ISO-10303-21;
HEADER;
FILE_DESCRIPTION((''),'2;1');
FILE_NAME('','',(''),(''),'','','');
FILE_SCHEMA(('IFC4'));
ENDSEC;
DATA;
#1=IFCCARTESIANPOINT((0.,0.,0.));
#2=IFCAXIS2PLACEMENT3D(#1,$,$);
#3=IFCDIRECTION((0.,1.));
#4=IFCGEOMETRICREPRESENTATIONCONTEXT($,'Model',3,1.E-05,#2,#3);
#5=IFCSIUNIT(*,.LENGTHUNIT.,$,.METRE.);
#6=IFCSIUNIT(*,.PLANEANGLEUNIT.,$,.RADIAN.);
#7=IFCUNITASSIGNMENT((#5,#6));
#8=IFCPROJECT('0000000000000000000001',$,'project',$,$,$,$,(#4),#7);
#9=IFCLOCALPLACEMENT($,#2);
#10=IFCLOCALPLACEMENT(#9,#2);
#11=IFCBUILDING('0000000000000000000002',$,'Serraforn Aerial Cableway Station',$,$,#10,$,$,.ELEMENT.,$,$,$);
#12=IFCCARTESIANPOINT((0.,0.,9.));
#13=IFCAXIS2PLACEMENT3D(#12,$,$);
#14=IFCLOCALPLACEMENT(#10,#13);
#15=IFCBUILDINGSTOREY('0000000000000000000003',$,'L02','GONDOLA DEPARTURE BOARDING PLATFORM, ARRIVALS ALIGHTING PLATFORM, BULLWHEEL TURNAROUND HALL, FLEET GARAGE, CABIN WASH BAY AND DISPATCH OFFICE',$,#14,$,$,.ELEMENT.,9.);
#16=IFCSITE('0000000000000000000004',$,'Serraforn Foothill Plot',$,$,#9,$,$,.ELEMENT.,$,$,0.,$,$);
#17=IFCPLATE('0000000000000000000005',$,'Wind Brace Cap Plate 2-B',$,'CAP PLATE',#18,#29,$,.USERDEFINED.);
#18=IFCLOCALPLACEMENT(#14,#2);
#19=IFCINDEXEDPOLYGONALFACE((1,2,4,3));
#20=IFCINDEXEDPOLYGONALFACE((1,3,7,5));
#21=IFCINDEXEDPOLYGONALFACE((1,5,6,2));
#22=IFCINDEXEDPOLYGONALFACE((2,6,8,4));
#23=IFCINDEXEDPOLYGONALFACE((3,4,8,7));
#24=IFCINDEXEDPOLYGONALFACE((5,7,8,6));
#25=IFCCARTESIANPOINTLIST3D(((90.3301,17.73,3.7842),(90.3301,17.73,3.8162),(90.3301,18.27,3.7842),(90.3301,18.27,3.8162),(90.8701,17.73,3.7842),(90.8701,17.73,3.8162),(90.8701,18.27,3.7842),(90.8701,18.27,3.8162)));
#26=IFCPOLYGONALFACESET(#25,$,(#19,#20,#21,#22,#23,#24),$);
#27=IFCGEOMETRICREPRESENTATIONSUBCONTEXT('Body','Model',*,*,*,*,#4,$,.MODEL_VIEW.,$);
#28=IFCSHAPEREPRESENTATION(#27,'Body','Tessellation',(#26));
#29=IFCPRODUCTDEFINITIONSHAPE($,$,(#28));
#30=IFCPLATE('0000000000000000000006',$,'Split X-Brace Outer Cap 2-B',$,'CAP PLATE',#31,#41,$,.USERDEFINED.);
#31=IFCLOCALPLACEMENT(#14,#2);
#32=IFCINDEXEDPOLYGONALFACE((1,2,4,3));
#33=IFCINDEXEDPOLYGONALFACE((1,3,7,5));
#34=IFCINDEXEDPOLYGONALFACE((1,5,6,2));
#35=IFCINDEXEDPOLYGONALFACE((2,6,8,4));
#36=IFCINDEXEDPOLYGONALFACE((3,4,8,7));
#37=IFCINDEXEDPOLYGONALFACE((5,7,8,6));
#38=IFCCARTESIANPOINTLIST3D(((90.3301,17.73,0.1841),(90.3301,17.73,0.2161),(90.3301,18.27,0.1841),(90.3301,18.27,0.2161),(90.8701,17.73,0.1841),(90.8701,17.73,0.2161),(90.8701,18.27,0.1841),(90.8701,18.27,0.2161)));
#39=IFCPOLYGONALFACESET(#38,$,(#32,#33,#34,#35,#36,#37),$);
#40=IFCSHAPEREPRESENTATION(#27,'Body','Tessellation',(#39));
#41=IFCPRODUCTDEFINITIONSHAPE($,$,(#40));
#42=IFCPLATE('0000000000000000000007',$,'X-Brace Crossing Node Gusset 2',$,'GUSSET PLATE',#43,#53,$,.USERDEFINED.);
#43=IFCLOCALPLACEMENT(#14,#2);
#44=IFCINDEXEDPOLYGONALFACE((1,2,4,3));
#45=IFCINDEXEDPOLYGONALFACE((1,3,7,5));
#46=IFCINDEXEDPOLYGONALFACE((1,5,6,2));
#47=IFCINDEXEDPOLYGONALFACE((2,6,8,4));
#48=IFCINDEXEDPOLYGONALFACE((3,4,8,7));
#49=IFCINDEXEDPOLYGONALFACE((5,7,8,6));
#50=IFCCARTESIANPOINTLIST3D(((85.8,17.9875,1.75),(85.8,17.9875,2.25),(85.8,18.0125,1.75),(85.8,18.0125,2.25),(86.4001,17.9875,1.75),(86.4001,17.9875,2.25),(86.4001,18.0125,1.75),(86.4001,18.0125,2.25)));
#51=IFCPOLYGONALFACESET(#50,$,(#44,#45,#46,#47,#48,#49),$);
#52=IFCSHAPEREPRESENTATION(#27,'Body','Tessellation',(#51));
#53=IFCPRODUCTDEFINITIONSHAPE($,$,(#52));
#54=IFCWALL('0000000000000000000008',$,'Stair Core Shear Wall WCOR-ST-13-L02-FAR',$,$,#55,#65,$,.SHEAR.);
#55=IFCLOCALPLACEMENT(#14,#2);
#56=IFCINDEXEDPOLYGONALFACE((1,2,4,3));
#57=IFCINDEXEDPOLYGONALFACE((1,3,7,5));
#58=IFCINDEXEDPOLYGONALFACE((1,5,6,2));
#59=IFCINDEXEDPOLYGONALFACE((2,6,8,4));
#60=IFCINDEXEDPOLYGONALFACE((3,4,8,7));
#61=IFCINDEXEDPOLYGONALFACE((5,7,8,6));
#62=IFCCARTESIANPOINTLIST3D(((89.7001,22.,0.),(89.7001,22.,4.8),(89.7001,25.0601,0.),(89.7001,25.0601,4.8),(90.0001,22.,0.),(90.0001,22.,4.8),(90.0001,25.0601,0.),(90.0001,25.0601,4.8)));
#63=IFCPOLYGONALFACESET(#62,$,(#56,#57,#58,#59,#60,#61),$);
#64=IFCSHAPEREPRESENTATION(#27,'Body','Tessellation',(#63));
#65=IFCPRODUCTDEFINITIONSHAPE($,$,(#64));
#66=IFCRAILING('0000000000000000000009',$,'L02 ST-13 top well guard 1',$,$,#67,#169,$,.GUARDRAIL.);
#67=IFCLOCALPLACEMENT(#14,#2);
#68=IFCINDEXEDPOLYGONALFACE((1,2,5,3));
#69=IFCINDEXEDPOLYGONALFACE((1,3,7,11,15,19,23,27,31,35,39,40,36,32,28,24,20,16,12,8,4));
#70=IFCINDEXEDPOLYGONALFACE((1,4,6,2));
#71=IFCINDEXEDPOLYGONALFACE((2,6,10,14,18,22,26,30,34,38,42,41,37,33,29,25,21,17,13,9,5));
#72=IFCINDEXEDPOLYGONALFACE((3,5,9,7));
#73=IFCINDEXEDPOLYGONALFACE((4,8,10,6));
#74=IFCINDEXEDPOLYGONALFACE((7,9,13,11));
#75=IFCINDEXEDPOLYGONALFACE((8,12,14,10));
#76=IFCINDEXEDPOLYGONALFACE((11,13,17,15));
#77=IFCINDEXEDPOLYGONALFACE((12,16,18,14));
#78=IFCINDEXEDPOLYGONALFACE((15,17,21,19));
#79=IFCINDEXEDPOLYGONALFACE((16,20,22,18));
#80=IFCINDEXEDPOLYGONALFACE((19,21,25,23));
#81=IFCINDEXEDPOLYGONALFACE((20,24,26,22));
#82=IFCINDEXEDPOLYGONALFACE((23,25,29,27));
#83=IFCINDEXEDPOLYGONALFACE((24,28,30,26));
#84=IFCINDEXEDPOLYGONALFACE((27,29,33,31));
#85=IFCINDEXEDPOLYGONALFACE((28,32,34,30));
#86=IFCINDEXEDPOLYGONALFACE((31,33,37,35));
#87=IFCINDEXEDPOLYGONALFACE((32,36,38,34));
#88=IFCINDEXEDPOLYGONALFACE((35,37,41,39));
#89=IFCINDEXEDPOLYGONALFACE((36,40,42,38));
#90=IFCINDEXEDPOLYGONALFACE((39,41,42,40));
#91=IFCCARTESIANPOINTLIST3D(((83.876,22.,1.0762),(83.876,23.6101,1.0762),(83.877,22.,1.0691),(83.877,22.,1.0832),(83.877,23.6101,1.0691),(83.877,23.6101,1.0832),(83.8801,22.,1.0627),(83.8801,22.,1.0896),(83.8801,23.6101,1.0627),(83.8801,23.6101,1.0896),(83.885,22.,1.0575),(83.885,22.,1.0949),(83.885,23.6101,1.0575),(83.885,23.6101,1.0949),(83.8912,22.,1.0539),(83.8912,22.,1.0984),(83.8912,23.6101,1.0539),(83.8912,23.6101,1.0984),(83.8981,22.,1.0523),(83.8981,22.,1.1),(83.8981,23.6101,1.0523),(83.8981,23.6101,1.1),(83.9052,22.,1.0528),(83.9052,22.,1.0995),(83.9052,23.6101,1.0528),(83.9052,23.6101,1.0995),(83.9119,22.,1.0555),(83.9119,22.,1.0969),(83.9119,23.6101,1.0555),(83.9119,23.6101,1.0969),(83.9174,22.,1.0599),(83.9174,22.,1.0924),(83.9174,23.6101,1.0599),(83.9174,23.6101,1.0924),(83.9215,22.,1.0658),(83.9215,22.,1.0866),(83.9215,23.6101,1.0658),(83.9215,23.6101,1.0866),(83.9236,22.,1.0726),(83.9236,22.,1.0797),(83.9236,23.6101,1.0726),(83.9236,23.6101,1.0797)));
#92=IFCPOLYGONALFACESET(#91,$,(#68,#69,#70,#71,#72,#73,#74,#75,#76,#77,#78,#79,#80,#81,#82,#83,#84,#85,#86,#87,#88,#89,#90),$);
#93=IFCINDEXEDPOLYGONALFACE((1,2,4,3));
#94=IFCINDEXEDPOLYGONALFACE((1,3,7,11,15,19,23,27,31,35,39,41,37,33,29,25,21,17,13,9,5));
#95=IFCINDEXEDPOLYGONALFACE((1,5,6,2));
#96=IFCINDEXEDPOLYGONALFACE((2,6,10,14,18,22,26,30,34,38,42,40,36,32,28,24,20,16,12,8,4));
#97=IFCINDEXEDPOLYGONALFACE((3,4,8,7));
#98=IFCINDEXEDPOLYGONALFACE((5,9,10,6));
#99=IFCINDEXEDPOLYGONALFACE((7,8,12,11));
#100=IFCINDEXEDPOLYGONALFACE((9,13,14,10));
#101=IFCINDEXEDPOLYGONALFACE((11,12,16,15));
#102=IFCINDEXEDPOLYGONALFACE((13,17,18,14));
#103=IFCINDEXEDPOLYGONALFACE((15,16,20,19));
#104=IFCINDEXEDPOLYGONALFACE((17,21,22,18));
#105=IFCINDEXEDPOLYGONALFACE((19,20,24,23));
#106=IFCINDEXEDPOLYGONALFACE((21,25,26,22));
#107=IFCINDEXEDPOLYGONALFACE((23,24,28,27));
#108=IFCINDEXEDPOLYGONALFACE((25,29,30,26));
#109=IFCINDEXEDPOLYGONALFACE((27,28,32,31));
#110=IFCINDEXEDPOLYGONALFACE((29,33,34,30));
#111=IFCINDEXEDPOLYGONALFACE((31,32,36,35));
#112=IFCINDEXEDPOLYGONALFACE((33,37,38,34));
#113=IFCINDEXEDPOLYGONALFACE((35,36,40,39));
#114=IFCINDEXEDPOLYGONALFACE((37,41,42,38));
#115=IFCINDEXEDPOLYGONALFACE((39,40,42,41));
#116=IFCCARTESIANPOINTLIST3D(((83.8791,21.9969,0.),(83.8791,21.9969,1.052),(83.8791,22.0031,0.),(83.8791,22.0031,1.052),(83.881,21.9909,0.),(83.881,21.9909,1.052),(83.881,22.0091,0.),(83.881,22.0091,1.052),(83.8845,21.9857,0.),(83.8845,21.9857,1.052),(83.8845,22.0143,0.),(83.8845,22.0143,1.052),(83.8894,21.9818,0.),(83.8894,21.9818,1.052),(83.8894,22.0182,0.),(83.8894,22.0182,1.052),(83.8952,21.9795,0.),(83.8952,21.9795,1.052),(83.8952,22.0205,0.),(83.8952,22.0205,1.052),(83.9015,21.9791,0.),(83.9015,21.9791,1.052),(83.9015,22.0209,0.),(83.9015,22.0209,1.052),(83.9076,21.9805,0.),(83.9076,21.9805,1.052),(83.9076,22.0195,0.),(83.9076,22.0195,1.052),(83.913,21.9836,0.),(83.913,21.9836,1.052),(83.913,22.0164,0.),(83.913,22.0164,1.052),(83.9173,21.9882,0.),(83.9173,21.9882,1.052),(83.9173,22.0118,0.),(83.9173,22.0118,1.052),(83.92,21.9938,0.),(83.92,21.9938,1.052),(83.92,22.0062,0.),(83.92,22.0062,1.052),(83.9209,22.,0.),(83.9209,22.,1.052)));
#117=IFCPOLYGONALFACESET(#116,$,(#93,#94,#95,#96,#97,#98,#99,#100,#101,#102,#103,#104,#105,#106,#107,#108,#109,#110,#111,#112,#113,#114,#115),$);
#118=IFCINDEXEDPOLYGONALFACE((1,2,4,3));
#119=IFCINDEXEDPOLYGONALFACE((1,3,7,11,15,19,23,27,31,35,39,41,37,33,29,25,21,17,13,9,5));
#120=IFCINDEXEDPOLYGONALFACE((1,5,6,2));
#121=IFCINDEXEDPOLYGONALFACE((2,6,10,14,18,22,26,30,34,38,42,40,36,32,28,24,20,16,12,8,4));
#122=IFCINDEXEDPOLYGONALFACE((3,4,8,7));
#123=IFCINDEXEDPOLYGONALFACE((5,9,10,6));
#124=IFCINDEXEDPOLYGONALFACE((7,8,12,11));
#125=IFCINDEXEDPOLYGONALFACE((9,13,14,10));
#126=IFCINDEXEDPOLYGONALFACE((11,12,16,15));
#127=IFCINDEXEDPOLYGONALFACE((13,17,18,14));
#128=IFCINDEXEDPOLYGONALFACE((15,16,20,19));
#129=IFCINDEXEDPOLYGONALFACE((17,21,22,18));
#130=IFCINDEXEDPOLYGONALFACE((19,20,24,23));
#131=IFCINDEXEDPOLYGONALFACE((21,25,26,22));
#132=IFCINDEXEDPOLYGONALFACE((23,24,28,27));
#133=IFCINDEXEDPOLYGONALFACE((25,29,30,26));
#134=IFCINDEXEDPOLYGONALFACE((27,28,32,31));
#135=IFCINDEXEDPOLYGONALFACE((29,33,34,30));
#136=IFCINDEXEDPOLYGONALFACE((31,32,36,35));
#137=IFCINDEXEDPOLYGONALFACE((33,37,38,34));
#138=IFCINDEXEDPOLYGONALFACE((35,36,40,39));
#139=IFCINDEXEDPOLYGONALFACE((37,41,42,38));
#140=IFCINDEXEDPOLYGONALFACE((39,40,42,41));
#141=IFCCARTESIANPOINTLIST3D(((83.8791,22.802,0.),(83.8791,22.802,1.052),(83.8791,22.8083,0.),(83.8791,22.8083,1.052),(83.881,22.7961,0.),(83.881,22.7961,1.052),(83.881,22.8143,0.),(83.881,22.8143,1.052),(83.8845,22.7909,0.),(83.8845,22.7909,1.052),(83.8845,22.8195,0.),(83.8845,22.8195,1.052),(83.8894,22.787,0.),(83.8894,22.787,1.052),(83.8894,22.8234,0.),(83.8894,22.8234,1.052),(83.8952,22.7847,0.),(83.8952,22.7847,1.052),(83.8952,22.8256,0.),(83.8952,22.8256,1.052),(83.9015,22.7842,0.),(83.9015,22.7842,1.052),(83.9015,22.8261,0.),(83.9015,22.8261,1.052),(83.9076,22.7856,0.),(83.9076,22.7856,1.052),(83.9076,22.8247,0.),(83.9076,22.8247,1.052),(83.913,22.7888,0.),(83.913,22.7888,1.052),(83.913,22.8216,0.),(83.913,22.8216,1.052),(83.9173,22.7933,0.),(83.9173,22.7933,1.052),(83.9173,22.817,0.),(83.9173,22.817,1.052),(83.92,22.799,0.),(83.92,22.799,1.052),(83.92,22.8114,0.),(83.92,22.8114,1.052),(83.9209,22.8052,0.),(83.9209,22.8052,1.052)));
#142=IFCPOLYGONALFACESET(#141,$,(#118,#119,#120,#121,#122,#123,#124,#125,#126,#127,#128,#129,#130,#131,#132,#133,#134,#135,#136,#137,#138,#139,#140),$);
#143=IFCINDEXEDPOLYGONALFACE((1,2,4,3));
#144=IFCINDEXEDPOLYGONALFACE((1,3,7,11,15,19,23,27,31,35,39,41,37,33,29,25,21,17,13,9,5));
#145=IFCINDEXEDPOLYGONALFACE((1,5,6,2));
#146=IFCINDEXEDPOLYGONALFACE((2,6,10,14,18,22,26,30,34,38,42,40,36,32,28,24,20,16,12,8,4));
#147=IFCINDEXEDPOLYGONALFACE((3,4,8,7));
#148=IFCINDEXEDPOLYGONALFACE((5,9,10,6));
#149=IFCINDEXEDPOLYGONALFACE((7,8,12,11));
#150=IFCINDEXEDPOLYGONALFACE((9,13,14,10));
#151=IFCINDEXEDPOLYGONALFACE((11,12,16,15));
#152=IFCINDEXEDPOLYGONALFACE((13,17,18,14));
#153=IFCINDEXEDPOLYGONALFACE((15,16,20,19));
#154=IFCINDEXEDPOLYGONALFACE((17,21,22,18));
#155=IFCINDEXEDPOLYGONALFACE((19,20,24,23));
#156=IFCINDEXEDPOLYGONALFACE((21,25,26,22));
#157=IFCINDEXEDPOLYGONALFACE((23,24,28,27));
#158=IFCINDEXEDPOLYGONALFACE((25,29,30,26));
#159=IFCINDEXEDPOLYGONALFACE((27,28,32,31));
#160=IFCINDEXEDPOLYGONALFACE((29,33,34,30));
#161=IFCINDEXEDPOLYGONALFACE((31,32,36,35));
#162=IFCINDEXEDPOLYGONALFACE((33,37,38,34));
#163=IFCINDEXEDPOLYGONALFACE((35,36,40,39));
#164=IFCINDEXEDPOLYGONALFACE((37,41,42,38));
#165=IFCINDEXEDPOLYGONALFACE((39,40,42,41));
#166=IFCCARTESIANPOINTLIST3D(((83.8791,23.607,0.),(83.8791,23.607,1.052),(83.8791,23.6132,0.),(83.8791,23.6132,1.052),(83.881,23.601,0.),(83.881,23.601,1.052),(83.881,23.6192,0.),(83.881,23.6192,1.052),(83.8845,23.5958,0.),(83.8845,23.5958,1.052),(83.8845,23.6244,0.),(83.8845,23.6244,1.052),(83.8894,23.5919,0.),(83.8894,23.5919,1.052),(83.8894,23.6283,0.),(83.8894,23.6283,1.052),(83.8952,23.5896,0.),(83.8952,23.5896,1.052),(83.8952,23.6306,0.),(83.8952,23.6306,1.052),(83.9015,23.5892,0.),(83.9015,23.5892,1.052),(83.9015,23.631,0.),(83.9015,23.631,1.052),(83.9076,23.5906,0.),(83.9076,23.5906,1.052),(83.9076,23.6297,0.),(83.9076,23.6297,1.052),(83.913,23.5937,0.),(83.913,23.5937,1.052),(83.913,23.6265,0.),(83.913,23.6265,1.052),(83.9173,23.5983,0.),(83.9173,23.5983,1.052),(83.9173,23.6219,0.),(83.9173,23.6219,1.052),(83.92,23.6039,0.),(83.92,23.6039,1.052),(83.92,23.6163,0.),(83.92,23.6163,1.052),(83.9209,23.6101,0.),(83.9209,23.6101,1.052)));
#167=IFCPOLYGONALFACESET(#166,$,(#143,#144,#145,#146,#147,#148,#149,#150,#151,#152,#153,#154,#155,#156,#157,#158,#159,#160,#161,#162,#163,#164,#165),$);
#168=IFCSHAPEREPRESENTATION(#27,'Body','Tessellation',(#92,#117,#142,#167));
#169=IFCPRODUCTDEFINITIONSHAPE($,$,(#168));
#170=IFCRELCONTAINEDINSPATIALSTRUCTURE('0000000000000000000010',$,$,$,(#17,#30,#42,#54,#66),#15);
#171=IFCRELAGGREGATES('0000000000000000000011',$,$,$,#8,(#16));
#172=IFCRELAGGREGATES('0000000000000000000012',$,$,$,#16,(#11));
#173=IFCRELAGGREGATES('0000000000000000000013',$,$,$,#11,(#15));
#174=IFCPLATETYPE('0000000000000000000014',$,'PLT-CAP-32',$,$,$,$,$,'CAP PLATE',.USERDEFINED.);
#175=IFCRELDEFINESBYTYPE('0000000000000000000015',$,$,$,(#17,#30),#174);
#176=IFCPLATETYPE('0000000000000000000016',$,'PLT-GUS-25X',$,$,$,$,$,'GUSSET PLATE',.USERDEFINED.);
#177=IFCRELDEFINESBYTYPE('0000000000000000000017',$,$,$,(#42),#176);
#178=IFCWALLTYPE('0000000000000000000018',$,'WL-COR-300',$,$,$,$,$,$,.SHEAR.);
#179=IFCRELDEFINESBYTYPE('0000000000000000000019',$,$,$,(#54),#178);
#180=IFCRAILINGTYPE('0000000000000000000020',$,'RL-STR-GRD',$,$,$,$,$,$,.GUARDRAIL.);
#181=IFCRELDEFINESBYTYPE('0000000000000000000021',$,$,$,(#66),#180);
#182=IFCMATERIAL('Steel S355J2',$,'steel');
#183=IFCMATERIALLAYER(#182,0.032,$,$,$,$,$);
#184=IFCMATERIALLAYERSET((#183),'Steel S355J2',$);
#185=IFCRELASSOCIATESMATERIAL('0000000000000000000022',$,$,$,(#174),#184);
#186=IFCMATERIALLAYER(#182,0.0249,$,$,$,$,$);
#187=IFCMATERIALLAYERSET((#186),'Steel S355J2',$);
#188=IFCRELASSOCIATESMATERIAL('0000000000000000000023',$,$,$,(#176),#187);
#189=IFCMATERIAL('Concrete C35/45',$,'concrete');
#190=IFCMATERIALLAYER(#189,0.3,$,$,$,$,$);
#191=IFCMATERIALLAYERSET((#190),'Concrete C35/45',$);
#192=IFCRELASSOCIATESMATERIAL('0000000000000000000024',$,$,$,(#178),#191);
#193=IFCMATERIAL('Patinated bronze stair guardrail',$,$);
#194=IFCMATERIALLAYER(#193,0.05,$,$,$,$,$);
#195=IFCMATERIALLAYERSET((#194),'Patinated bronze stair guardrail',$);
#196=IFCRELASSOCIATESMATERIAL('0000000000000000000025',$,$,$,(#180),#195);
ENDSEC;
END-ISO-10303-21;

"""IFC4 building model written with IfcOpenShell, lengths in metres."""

from ifc_helpers import new_model, si_unit, direction, frame, frame_2d, origin, origin_2d, place, context, subcontext, project, spatial, rectangle, circle, extrude, material, layer, layer_set, type_object, element, save


model = new_model("IFC4")

# Units and contexts
model_context = context("Model", 3, precision=1e-05, world=origin(), true_north=direction((0.0, 1.0)))
body_context = subcontext(model_context, "Body", "Model", "MODEL_VIEW")
ifc_project = project(units=[si_unit("LENGTHUNIT", "METRE"), si_unit("PLANEANGLEUNIT", "RADIAN")], contexts=[model_context])

# Site, building, storey
site_placement = place(None, origin())
site = spatial("IfcSite", under=ifc_project, at=site_placement, Name="Serraforn Foothill Plot", CompositionType="ELEMENT", RefElevation=0.0)
building_placement = place(site_placement, origin())
building = spatial("IfcBuilding", under=site, at=building_placement, Name="Serraforn Aerial Cableway Station", CompositionType="ELEMENT")
storey_placement = place(building_placement, frame((0.0, 0.0, 9.0)))
storey = spatial("IfcBuildingStorey", under=building, at=storey_placement, Name="L02", Description="GONDOLA DEPARTURE BOARDING PLATFORM, ARRIVALS ALIGHTING PLATFORM, BULLWHEEL TURNAROUND HALL, FLEET GARAGE, CABIN WASH BAY AND DISPATCH OFFICE", CompositionType="ELEMENT", Elevation=9.0)

# Shared definitions
ifc_material_1 = material(Name="Steel S355J2", Category="steel")

# Shared definitions
ifc_material_2 = material(Name="Concrete C35/45", Category="concrete")

# Plates
ifc_layer_1 = layer(ifc_material_1, 0.032)
ifc_layer_set_1 = layer_set([ifc_layer_1], Name="Steel S355J2")
plate_type_1 = type_object("IfcPlateType", Name="PLT-CAP-32", ElementType="CAP PLATE", PredefinedType="USERDEFINED", material=ifc_layer_set_1)
for number, where, z_axis, x_axis, name in (
    (1, (90.6001, 18.0, 3.7842), (0.0, 0.0, 1.0), (1.0, 0.0, 0.0), "Wind Brace Cap Plate 2-B"),
    (2, (90.6001, 18.0, 0.1841), (0.0, 0.0, 1.0), (1.0, 0.0, 0.0), "Split X-Brace Outer Cap 2-B"),
):
    element("IfcPlate", number, at=place(storey_placement, frame(where, z_axis=z_axis, x_axis=x_axis)), inside=storey, type_object=plate_type_1, Name=name, ObjectType="CAP PLATE", PredefinedType="USERDEFINED", context=body_context, shape_type="SweptSolid", body=[
        extrude(rectangle(XDim=0.54, YDim=0.54, at=origin_2d()), origin(), (0.0, 0.0, 1.0), 0.032),
    ])
ifc_layer_2 = layer(ifc_material_1, 0.0249)
ifc_layer_set_2 = layer_set([ifc_layer_2], Name="Steel S355J2")
plate_type_2 = type_object("IfcPlateType", Name="PLT-GUS-25X", ElementType="GUSSET PLATE", PredefinedType="USERDEFINED", material=ifc_layer_set_2)
plate_1_placement = place(storey_placement, frame((86.1001, 18.0, 1.75), z_axis=(0.0, 0.0, 1.0), x_axis=(1.0, 0.0, 0.0)))
element("IfcPlate", 3, at=plate_1_placement, inside=storey, type_object=plate_type_2, Name="X-Brace Crossing Node Gusset 2", ObjectType="GUSSET PLATE", PredefinedType="USERDEFINED", context=body_context, shape_type="SweptSolid", body=[
    extrude(rectangle(XDim=0.6001, YDim=0.0249, at=origin_2d()), origin(), (0.0, 0.0, 1.0), 0.5),
])

# Shared definitions
ifc_layer_3 = layer(ifc_material_2, 0.3)
ifc_layer_set_3 = layer_set([ifc_layer_3], Name="Concrete C35/45")
wall_type = type_object("IfcWallType", Name="WL-COR-300", PredefinedType="SHEAR", material=ifc_layer_set_3)

# Wall
wall_1_placement = place(storey_placement, frame((89.8501, 22.0, 0.0), z_axis=(0.0, 0.0, 1.0), x_axis=(0.0, 1.0, 0.0)))
element("IfcWall", 4, at=wall_1_placement, inside=storey, type_object=wall_type, Name="Stair Core Shear Wall WCOR-ST-13-L02-FAR", PredefinedType="SHEAR", context=body_context, shape_type="SweptSolid", body=[
    extrude(rectangle(XDim=3.0601, YDim=0.3, at=frame_2d((1.53, 0.0))), origin(), (0.0, 0.0, 1.0), 4.8),
])

# Railing
ifc_material_3 = material(Name="Patinated bronze stair guardrail")
ifc_layer_4 = layer(ifc_material_3, 0.05)
ifc_layer_set_4 = layer_set([ifc_layer_4], Name="Patinated bronze stair guardrail")
railing_type = type_object("IfcRailingType", Name="RL-STR-GRD", PredefinedType="GUARDRAIL", material=ifc_layer_set_4)
railing_placement = place(storey_placement, frame((83.8999, 22.0, 0.0)))
element("IfcRailing", 5, at=railing_placement, inside=storey, type_object=railing_type, Name="L02 ST-13 top well guard 1", PredefinedType="GUARDRAIL", context=body_context, shape_type="SweptSolid", body=[
    extrude(circle(Radius=0.0239, at=origin_2d()), frame((0.0, 0.0, 1.0762), z_axis=(0.0, 1.0, 0.0), x_axis=(-1.0, 0.0, 0.0)), (0.0, 0.0, 1.0), 1.6101),
    extrude(circle(Radius=0.021, at=origin_2d()), origin(), (0.0, 0.0, 1.0), 1.052),
    extrude(circle(Radius=0.021, at=origin_2d()), frame((0.0, 0.8052, 0.0)), (0.0, 0.0, 1.0), 1.052),
    extrude(circle(Radius=0.021, at=origin_2d()), frame((0.0, 1.6101, 0.0)), (0.0, 0.0, 1.0), 1.052),
])

save(model, "model.ifc")
